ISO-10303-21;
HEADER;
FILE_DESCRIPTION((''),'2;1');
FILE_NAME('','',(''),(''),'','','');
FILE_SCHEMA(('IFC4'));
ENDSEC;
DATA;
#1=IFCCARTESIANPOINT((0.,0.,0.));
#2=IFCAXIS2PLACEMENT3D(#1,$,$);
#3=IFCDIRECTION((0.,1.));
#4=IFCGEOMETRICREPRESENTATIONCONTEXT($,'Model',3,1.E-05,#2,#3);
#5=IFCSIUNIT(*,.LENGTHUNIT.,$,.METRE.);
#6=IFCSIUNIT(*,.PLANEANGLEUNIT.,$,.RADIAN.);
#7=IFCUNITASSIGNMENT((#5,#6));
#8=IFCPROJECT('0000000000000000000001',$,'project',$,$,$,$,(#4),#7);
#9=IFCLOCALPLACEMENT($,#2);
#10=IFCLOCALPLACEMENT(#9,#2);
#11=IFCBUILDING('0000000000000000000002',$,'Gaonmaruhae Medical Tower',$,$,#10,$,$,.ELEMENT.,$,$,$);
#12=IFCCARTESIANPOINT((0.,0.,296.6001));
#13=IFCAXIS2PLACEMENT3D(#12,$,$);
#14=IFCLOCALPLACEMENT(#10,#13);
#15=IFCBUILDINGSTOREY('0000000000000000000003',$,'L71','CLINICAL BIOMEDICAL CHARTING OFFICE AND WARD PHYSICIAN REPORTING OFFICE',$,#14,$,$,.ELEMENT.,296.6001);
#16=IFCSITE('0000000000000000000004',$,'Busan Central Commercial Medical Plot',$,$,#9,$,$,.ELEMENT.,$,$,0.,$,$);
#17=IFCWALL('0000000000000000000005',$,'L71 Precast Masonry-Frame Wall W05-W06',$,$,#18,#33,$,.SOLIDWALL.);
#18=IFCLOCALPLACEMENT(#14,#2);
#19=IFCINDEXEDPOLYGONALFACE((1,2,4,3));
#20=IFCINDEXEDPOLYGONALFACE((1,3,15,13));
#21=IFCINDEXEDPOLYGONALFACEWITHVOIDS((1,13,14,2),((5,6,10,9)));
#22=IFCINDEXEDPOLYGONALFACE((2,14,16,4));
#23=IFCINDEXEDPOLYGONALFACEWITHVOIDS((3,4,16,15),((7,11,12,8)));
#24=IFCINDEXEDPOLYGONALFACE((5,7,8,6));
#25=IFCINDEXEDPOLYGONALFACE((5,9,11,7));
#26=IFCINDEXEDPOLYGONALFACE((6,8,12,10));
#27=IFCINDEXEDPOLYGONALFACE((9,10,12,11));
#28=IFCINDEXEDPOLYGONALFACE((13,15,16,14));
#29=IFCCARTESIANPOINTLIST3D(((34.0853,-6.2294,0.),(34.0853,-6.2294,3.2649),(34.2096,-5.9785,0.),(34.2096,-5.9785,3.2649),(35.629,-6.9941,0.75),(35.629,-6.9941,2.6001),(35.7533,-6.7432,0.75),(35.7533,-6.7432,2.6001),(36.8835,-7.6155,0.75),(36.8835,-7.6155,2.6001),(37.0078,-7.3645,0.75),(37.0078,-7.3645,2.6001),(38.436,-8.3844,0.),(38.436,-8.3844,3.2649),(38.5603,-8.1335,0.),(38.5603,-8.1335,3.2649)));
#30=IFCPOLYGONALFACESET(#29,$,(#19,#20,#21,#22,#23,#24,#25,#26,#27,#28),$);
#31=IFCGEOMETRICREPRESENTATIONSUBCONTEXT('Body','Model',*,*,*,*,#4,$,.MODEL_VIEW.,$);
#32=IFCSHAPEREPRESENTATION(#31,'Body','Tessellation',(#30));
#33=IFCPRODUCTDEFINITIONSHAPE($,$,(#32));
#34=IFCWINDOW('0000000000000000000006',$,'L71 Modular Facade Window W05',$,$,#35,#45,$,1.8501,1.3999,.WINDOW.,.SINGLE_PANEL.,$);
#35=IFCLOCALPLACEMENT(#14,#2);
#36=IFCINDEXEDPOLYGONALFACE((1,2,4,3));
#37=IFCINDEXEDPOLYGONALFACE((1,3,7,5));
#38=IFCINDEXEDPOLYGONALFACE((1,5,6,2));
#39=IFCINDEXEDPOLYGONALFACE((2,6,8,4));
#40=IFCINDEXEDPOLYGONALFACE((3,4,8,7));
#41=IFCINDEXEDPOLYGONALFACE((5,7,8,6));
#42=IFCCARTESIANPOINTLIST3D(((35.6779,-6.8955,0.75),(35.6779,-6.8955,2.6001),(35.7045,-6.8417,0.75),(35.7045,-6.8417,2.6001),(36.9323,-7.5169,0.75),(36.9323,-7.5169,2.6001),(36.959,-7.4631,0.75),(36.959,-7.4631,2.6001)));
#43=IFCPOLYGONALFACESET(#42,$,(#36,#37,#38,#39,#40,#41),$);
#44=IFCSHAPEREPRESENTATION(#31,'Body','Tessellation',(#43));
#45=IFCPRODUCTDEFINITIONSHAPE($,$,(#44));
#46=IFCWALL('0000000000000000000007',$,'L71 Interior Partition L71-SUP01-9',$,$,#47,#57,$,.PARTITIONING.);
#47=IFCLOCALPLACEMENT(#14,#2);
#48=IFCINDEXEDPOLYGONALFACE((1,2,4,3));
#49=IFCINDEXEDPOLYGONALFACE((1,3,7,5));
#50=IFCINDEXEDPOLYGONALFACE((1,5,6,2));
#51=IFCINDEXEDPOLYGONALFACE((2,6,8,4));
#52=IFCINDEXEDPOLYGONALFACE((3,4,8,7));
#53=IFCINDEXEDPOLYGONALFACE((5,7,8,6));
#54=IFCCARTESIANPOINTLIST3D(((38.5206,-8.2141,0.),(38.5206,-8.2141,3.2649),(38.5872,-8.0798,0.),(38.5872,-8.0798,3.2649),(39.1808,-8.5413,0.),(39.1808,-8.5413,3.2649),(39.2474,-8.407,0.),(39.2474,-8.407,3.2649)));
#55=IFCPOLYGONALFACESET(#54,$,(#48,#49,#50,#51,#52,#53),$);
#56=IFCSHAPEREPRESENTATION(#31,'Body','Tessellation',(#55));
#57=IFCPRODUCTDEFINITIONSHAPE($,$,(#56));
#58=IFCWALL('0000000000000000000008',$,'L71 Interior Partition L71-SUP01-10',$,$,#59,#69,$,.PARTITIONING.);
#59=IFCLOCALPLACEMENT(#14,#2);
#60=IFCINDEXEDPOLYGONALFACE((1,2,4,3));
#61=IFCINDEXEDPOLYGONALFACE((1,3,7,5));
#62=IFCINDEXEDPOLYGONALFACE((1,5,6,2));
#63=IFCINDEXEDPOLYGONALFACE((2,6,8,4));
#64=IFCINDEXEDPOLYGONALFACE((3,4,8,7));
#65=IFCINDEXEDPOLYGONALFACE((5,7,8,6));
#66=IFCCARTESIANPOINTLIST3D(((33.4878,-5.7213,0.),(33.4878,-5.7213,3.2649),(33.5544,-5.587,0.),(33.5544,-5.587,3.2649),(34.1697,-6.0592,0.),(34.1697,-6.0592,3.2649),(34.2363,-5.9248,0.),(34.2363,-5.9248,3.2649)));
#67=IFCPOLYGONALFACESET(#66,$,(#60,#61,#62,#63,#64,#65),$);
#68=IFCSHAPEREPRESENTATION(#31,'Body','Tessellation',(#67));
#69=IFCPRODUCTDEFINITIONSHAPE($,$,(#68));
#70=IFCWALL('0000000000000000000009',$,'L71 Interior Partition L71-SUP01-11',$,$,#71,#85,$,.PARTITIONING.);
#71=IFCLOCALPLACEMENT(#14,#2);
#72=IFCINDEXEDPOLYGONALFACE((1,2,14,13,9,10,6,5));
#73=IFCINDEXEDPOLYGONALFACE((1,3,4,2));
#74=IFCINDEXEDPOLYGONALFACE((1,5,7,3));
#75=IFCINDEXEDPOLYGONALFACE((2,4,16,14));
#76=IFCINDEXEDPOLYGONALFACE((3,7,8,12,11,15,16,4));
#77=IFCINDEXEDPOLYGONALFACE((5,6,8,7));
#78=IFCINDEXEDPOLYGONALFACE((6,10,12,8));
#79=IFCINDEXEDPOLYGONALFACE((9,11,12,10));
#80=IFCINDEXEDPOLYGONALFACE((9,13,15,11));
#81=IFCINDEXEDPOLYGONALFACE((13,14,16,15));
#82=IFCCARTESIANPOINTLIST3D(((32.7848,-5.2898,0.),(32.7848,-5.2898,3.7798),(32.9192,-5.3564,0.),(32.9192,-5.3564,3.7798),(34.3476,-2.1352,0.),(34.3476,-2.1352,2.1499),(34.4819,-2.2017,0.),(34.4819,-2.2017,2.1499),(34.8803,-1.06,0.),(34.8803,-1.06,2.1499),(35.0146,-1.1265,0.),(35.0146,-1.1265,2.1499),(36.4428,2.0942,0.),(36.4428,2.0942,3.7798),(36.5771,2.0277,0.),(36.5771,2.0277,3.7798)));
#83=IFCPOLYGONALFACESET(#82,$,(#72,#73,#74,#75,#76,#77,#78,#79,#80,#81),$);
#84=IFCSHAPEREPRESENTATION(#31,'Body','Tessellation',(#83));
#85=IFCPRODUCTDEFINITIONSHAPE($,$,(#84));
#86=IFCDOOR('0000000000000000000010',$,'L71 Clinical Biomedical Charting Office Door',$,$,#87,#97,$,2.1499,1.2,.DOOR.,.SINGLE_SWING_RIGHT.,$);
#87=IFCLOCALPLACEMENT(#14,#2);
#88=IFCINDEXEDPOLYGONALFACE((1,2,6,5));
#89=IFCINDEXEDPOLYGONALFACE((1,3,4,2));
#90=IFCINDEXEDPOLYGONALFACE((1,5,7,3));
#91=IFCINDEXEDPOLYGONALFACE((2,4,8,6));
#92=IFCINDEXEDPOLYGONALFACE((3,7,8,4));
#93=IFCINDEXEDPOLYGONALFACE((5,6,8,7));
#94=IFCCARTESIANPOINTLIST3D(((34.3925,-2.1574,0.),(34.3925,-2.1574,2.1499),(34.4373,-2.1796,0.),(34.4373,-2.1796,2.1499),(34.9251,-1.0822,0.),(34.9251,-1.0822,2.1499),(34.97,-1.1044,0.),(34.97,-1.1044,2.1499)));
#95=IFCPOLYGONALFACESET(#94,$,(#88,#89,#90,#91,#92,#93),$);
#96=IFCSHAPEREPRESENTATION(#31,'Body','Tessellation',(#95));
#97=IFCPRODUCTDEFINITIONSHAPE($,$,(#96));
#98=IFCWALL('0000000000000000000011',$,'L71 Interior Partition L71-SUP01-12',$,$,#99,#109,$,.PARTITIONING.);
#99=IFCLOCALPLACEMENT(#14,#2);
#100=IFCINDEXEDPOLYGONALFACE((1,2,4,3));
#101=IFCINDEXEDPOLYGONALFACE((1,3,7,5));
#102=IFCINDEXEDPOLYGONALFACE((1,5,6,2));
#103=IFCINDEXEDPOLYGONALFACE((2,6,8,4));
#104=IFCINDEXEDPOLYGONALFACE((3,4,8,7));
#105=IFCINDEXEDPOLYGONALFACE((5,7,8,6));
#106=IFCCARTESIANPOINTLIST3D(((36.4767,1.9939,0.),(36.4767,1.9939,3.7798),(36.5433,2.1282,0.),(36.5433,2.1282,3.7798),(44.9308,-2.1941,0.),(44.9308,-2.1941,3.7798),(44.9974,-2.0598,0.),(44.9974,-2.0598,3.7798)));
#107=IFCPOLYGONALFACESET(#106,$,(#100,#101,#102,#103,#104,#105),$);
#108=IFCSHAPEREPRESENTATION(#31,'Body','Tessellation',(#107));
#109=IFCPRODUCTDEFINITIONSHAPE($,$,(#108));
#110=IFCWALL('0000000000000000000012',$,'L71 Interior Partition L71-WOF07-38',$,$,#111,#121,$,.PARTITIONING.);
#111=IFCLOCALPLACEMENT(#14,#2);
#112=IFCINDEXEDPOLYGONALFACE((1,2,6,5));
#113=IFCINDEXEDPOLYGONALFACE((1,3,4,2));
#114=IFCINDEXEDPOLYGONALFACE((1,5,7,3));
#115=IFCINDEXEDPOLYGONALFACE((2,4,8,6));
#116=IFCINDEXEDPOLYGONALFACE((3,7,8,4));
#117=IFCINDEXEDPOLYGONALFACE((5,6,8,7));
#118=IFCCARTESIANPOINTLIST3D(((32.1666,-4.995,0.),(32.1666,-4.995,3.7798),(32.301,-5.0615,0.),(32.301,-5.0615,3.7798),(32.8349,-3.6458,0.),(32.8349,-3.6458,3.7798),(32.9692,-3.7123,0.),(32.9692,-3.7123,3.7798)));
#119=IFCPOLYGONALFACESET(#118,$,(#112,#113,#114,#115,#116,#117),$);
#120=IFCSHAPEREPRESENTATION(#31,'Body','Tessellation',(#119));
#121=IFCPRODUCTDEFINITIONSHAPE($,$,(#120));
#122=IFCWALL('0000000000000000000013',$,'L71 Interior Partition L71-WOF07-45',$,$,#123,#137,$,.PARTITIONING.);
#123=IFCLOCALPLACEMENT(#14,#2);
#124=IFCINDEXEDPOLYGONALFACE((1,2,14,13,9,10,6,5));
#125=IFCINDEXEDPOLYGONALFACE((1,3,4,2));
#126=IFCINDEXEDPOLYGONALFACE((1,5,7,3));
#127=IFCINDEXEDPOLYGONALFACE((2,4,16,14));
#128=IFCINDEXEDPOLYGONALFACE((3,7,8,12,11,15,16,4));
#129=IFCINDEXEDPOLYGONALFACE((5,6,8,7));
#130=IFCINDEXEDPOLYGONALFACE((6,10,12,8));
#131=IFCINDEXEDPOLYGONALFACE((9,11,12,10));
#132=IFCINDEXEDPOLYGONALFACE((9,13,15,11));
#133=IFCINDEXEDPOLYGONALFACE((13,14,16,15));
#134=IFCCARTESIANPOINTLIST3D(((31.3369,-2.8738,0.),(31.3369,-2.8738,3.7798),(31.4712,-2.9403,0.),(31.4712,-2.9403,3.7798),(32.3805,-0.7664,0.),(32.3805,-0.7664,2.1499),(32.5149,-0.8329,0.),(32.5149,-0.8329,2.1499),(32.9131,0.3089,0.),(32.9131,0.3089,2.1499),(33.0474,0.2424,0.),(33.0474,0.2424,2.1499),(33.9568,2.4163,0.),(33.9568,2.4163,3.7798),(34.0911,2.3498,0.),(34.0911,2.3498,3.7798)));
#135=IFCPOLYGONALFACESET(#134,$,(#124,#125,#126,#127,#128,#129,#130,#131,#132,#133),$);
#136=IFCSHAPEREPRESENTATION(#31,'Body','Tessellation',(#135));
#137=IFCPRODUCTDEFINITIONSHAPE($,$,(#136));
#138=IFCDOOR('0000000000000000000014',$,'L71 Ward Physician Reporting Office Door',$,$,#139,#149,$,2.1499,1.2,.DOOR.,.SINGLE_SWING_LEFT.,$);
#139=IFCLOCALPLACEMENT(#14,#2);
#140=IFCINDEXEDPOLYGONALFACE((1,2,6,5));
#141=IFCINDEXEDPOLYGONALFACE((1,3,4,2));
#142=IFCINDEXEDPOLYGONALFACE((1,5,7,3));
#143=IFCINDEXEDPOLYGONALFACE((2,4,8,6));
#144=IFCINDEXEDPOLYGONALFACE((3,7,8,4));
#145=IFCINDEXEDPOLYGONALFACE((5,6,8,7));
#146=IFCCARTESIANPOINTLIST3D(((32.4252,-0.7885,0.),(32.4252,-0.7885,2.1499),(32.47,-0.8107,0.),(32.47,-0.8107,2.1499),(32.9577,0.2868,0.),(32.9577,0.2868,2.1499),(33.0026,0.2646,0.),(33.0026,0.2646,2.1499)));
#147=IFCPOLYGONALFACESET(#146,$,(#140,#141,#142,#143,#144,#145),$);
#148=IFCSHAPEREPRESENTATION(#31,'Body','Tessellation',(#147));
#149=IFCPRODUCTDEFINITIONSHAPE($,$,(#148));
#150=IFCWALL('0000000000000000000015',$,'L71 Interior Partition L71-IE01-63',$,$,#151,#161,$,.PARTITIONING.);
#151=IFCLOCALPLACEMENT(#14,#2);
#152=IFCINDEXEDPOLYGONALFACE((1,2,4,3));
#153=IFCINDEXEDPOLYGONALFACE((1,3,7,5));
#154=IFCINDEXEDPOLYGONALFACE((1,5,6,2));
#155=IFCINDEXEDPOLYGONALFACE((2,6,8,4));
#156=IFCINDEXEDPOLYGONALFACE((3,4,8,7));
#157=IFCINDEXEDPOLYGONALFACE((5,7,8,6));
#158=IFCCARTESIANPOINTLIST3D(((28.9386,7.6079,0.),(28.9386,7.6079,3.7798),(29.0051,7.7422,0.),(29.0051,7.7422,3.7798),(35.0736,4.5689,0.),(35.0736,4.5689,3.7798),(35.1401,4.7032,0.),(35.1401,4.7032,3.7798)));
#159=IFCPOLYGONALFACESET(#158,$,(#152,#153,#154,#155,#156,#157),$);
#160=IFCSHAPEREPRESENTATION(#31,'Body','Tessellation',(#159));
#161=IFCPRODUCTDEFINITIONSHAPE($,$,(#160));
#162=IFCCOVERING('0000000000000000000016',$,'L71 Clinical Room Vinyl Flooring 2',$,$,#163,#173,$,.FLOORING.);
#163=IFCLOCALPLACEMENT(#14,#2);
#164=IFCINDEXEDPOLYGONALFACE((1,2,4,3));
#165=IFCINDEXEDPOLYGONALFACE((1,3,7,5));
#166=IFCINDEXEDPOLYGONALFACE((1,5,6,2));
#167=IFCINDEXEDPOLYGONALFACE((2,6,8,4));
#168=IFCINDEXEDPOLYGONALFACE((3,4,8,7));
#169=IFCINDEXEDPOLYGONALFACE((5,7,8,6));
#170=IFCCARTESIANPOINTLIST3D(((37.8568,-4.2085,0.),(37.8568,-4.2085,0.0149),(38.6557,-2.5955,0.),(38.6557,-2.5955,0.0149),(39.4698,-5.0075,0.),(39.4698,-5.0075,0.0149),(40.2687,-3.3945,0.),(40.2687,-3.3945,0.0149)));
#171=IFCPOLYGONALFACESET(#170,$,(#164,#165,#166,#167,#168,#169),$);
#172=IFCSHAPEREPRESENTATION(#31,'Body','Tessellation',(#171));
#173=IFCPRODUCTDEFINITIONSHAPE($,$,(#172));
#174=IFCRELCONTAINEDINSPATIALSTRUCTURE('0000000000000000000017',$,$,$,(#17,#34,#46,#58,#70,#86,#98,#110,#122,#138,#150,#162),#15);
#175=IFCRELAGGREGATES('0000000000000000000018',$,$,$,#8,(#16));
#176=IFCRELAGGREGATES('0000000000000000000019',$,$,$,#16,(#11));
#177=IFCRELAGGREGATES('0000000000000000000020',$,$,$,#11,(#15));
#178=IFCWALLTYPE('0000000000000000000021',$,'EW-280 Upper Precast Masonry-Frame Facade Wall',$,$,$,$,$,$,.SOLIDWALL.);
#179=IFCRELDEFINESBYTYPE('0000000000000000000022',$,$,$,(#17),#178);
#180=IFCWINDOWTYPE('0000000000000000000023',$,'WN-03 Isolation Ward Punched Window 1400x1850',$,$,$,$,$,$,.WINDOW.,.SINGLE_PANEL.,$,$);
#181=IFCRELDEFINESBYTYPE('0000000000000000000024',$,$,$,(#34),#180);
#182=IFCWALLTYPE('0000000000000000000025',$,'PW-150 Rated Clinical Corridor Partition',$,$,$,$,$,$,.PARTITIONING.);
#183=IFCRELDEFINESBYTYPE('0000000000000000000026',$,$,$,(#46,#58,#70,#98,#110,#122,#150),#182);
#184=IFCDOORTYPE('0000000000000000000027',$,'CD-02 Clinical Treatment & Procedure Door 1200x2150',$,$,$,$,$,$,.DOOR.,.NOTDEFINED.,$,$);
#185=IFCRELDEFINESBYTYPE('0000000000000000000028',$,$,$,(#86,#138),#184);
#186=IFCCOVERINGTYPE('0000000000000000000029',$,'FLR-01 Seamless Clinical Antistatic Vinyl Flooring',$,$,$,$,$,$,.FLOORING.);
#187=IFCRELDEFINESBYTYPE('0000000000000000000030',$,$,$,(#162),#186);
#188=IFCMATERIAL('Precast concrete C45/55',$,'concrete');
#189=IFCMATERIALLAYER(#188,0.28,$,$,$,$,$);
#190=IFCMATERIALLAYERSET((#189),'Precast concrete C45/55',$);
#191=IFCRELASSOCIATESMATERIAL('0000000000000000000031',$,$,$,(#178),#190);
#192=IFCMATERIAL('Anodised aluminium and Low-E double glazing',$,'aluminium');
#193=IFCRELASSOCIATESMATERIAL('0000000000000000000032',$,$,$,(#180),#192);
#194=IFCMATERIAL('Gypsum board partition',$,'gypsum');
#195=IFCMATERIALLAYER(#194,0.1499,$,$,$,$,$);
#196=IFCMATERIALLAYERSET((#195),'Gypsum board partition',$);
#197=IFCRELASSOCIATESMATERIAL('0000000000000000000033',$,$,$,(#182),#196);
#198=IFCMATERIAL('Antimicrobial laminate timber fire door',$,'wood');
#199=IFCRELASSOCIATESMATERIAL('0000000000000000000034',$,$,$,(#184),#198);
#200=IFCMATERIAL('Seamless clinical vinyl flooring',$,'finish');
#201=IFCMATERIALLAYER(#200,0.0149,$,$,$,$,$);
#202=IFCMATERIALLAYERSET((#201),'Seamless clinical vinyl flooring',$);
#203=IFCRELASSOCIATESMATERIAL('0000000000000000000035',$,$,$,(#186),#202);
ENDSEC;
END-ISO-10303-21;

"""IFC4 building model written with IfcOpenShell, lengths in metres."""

from ifc_helpers import new_model, si_unit, direction, frame, frame_2d, origin, origin_2d, place, context, subcontext, project, spatial, rectangle, extrude, material, layer, layer_set, type_object, element, fill, save


model = new_model("IFC4")

# Units and contexts
model_context = context("Model", 3, precision=1e-05, world=origin(), true_north=direction((0.0, 1.0)))
body_context = subcontext(model_context, "Body", "Model", "MODEL_VIEW")
ifc_project = project(units=[si_unit("LENGTHUNIT", "METRE"), si_unit("PLANEANGLEUNIT", "RADIAN")], contexts=[model_context])

# Site, building, storey
site_placement = place(None, origin())
site = spatial("IfcSite", under=ifc_project, at=site_placement, Name="Busan Central Commercial Medical Plot", CompositionType="ELEMENT", RefElevation=0.0)
building_placement = place(site_placement, origin())
building = spatial("IfcBuilding", under=site, at=building_placement, Name="Gaonmaruhae Medical Tower", CompositionType="ELEMENT")
storey_placement = place(building_placement, frame((0.0, 0.0, 296.6001)))
storey = spatial("IfcBuildingStorey", under=building, at=storey_placement, Name="L71", Description="CLINICAL BIOMEDICAL CHARTING OFFICE AND WARD PHYSICIAN REPORTING OFFICE", CompositionType="ELEMENT", Elevation=296.6001)

# Wall, opening, window
ifc_material_1 = material(Name="Precast concrete C45/55", Category="concrete")
ifc_layer_1 = layer(ifc_material_1, 0.28)
ifc_layer_set_1 = layer_set([ifc_layer_1], Name="Precast concrete C45/55")
wall_type_1 = type_object("IfcWallType", Name="EW-280 Upper Precast Masonry-Frame Facade Wall", PredefinedType="SOLIDWALL", material=ifc_layer_set_1)
ifc_material_2 = material(Name="Anodised aluminium and Low-E double glazing", Category="aluminium")
wall_1_placement = place(storey_placement, frame((38.4983, -8.259, 0.0), z_axis=(0.0, 0.0, 1.0), x_axis=(-0.8961, 0.443852, 0.0)))
wall_1 = element("IfcWall", 1, at=wall_1_placement, inside=storey, type_object=wall_type_1, Name="L71 Precast Masonry-Frame Wall W05-W06", PredefinedType="SOLIDWALL", context=body_context, shape_type="SweptSolid", body=[
    extrude(rectangle(XDim=4.8552, YDim=0.28, at=frame_2d((2.4277, 0.0))), origin(), (0.0, 0.0, 1.0), 3.2649),
])
opening_1_placement = place(wall_1_placement, frame((1.7327, 0.0, 0.75)))
opening_1 = element("IfcOpeningElement", 2, at=opening_1_placement, cuts=wall_1, PredefinedType="OPENING", context=body_context, shape_type="SweptSolid", body=[
    extrude(rectangle(XDim=1.3999, YDim=1.8501, at=frame_2d((0.7, 0.925))), frame((0.0, 0.1499, 0.0), z_axis=(0.0, -1.0, 0.0), x_axis=(1.0, 0.0, 0.0)), (0.0, 0.0, 1.0), 0.3),
])
window_type_1 = type_object("IfcWindowType", Name="WN-03 Isolation Ward Punched Window 1400x1850", PartitioningType="SINGLE_PANEL", PredefinedType="WINDOW", material=ifc_material_2)
window_1_placement = place(opening_1_placement, origin())
window_1 = element("IfcWindow", 3, at=window_1_placement, inside=storey, type_object=window_type_1, Name="L71 Modular Facade Window W05", OverallHeight=1.8501, OverallWidth=1.3999, PartitioningType="SINGLE_PANEL", PredefinedType="WINDOW", context=body_context, shape_type="SweptSolid", body=[
    extrude(rectangle(XDim=1.3999, YDim=1.8501, at=frame_2d((0.7, 0.925))), frame((0.0, 0.03, 0.0), z_axis=(0.0, -1.0, 0.0), x_axis=(1.0, 0.0, 0.0)), (0.0, 0.0, 1.0), 0.0601),
])
fill(opening_1, window_1)

# Walls
ifc_material_3 = material(Name="Gypsum board partition", Category="gypsum")
ifc_layer_2 = layer(ifc_material_3, 0.1499)
ifc_layer_set_2 = layer_set([ifc_layer_2], Name="Gypsum board partition")
wall_type_2 = type_object("IfcWallType", Name="PW-150 Rated Clinical Corridor Partition", PredefinedType="PARTITIONING", material=ifc_layer_set_2)
wall_2_placement = place(storey_placement, frame((39.2141, -8.4741, 0.0), z_axis=(0.0, 0.0, 1.0), x_axis=(-0.896012, 0.44403, 0.0)))
element("IfcWall", 4, at=wall_2_placement, inside=storey, type_object=wall_type_2, Name="L71 Interior Partition L71-SUP01-9", PredefinedType="PARTITIONING", context=body_context, shape_type="SweptSolid", body=[
    extrude(rectangle(XDim=0.7368, YDim=0.1499, at=frame_2d((0.3684, 0.0))), origin(), (0.0, 0.0, 1.0), 3.2649),
])
wall_3_placement = place(storey_placement, frame((34.2029, -5.9919, 0.0), z_axis=(0.0, 0.0, 1.0), x_axis=(-0.896025, 0.444003, 0.0)))
element("IfcWall", 5, at=wall_3_placement, inside=storey, type_object=wall_type_2, Name="L71 Interior Partition L71-SUP01-10", PredefinedType="PARTITIONING", context=body_context, shape_type="SweptSolid", body=[
    extrude(rectangle(XDim=0.761, YDim=0.1499, at=frame_2d((0.3804, 0.0))), origin(), (0.0, 0.0, 1.0), 3.2649),
])

# Wall, opening, door
wall_4_placement = place(storey_placement, frame((32.8521, -5.323, 0.0), z_axis=(0.0, 0.0, 1.0), x_axis=(0.443904, 0.896074, 0.0)))
wall_4 = element("IfcWall", 6, at=wall_4_placement, inside=storey, type_object=wall_type_2, Name="L71 Interior Partition L71-SUP01-11", PredefinedType="PARTITIONING", context=body_context, shape_type="SweptSolid", body=[
    extrude(rectangle(XDim=8.2405, YDim=0.1499, at=frame_2d((4.1201, 0.0))), origin(), (0.0, 0.0, 1.0), 3.7798),
])
opening_2_placement = place(wall_4_placement, frame((3.5203, 0.0, 0.0)))
opening_2 = element("IfcOpeningElement", 7, at=opening_2_placement, cuts=wall_4, PredefinedType="OPENING", context=body_context, shape_type="SweptSolid", body=[
    extrude(rectangle(XDim=1.2, YDim=2.1499, at=frame_2d((0.6001, 1.075))), frame((0.0, 0.085, 0.0), z_axis=(0.0, -1.0, 0.0), x_axis=(1.0, 0.0, 0.0)), (0.0, 0.0, 1.0), 0.1699),
])
ifc_material_4 = material(Name="Antimicrobial laminate timber fire door", Category="wood")
door_type = type_object("IfcDoorType", Name="CD-02 Clinical Treatment & Procedure Door 1200x2150", OperationType="NOTDEFINED", PredefinedType="DOOR", material=ifc_material_4)
door_1_placement = place(opening_2_placement, origin())
door_1 = element("IfcDoor", 8, at=door_1_placement, inside=storey, type_object=door_type, Name="L71 Clinical Biomedical Charting Office Door", OperationType="SINGLE_SWING_RIGHT", OverallHeight=2.1499, OverallWidth=1.2, PredefinedType="DOOR", context=body_context, shape_type="SweptSolid", body=[
    extrude(rectangle(XDim=1.2, YDim=2.1499, at=frame_2d((0.6001, 1.075))), frame((0.0, 0.0249, 0.0), z_axis=(0.0, -1.0, 0.0), x_axis=(1.0, 0.0, 0.0)), (0.0, 0.0, 1.0), 0.05),
])
fill(opening_2, door_1)

# Wall
wall_5_placement = place(storey_placement, frame((36.51, 2.061, 0.0), z_axis=(0.0, 0.0, 1.0), x_axis=(0.896077, -0.443898, 0.0)))
element("IfcWall", 9, at=wall_5_placement, inside=storey, type_object=wall_type_2, Name="L71 Interior Partition L71-SUP01-12", PredefinedType="PARTITIONING", context=body_context, shape_type="SweptSolid", body=[
    extrude(rectangle(XDim=9.4346, YDim=0.1499, at=frame_2d((4.7173, 0.0))), origin(), (0.0, 0.0, 1.0), 3.7798),
])

# Wall
wall_6_placement = place(storey_placement, frame((32.9021, -3.679, 0.0), z_axis=(0.0, 0.0, 1.0), x_axis=(-0.443837, -0.896107, 0.0)))
element("IfcWall", 10, at=wall_6_placement, inside=storey, type_object=wall_type_2, Name="L71 Interior Partition L71-WOF07-38", PredefinedType="PARTITIONING", context=body_context, shape_type="SweptSolid", body=[
    extrude(rectangle(XDim=1.5056, YDim=0.1499, at=frame_2d((0.7529, 0.0))), origin(), (0.0, 0.0, 1.0), 3.7798),
])

# Wall, opening, door
wall_7_placement = place(storey_placement, frame((34.0239, 2.3831, 0.0), z_axis=(0.0, 0.0, 1.0), x_axis=(-0.443803, -0.896125, 0.0)))
wall_7 = element("IfcWall", 11, at=wall_7_placement, inside=storey, type_object=wall_type_2, Name="L71 Interior Partition L71-WOF07-45", PredefinedType="PARTITIONING", context=body_context, shape_type="SweptSolid", body=[
    extrude(rectangle(XDim=5.9033, YDim=0.1499, at=frame_2d((2.9517, 0.0))), origin(), (0.0, 0.0, 1.0), 3.7798),
])
opening_3_placement = place(wall_7_placement, frame((2.3516, 0.0, 0.0)))
opening_3 = element("IfcOpeningElement", 12, at=opening_3_placement, cuts=wall_7, PredefinedType="OPENING", context=body_context, shape_type="SweptSolid", body=[
    extrude(rectangle(XDim=1.2, YDim=2.1499, at=frame_2d((0.6001, 1.075))), frame((0.0, 0.085, 0.0), z_axis=(0.0, -1.0, 0.0), x_axis=(1.0, 0.0, 0.0)), (0.0, 0.0, 1.0), 0.1699),
])
door_2_placement = place(opening_3_placement, origin())
door_2 = element("IfcDoor", 13, at=door_2_placement, inside=storey, type_object=door_type, Name="L71 Ward Physician Reporting Office Door", OperationType="SINGLE_SWING_LEFT", OverallHeight=2.1499, OverallWidth=1.2, PredefinedType="DOOR", context=body_context, shape_type="SweptSolid", body=[
    extrude(rectangle(XDim=1.2, YDim=2.1499, at=frame_2d((0.6001, 1.075))), frame((0.0, 0.0249, 0.0), z_axis=(0.0, -1.0, 0.0), x_axis=(1.0, 0.0, 0.0)), (0.0, 0.0, 1.0), 0.05),
])
fill(opening_3, door_2)

# Wall
wall_8_placement = place(storey_placement, frame((35.1069, 4.636, 0.0), z_axis=(0.0, 0.0, 1.0), x_axis=(-0.896083, 0.443887, 0.0)))
element("IfcWall", 14, at=wall_8_placement, inside=storey, type_object=wall_type_2, Name="L71 Interior Partition L71-IE01-63", PredefinedType="PARTITIONING", context=body_context, shape_type="SweptSolid", body=[
    extrude(rectangle(XDim=6.8464, YDim=0.1499, at=frame_2d((3.4233, 0.0))), origin(), (0.0, 0.0, 1.0), 3.7798),
])

# Covering
ifc_material_5 = material(Name="Seamless clinical vinyl flooring", Category="finish")
ifc_layer_3 = layer(ifc_material_5, 0.0149)
ifc_layer_set_3 = layer_set([ifc_layer_3], Name="Seamless clinical vinyl flooring")
covering_type = type_object("IfcCoveringType", Name="FLR-01 Seamless Clinical Antistatic Vinyl Flooring", PredefinedType="FLOORING", material=ifc_layer_set_3)
covering_placement = place(storey_placement, frame((39.0627, -3.8015, 0.0), z_axis=(0.0, 0.0, 1.0), x_axis=(0.443853, 0.896099, 0.0)))
element("IfcCovering", 15, at=covering_placement, inside=storey, type_object=covering_type, Name="L71 Clinical Room Vinyl Flooring 2", PredefinedType="FLOORING", context=body_context, shape_type="SweptSolid", body=[
    extrude(rectangle(XDim=1.8, YDim=1.8, at=origin_2d()), origin(), (0.0, 0.0, 1.0), 0.0149),
])

save(model, "model.ifc")
